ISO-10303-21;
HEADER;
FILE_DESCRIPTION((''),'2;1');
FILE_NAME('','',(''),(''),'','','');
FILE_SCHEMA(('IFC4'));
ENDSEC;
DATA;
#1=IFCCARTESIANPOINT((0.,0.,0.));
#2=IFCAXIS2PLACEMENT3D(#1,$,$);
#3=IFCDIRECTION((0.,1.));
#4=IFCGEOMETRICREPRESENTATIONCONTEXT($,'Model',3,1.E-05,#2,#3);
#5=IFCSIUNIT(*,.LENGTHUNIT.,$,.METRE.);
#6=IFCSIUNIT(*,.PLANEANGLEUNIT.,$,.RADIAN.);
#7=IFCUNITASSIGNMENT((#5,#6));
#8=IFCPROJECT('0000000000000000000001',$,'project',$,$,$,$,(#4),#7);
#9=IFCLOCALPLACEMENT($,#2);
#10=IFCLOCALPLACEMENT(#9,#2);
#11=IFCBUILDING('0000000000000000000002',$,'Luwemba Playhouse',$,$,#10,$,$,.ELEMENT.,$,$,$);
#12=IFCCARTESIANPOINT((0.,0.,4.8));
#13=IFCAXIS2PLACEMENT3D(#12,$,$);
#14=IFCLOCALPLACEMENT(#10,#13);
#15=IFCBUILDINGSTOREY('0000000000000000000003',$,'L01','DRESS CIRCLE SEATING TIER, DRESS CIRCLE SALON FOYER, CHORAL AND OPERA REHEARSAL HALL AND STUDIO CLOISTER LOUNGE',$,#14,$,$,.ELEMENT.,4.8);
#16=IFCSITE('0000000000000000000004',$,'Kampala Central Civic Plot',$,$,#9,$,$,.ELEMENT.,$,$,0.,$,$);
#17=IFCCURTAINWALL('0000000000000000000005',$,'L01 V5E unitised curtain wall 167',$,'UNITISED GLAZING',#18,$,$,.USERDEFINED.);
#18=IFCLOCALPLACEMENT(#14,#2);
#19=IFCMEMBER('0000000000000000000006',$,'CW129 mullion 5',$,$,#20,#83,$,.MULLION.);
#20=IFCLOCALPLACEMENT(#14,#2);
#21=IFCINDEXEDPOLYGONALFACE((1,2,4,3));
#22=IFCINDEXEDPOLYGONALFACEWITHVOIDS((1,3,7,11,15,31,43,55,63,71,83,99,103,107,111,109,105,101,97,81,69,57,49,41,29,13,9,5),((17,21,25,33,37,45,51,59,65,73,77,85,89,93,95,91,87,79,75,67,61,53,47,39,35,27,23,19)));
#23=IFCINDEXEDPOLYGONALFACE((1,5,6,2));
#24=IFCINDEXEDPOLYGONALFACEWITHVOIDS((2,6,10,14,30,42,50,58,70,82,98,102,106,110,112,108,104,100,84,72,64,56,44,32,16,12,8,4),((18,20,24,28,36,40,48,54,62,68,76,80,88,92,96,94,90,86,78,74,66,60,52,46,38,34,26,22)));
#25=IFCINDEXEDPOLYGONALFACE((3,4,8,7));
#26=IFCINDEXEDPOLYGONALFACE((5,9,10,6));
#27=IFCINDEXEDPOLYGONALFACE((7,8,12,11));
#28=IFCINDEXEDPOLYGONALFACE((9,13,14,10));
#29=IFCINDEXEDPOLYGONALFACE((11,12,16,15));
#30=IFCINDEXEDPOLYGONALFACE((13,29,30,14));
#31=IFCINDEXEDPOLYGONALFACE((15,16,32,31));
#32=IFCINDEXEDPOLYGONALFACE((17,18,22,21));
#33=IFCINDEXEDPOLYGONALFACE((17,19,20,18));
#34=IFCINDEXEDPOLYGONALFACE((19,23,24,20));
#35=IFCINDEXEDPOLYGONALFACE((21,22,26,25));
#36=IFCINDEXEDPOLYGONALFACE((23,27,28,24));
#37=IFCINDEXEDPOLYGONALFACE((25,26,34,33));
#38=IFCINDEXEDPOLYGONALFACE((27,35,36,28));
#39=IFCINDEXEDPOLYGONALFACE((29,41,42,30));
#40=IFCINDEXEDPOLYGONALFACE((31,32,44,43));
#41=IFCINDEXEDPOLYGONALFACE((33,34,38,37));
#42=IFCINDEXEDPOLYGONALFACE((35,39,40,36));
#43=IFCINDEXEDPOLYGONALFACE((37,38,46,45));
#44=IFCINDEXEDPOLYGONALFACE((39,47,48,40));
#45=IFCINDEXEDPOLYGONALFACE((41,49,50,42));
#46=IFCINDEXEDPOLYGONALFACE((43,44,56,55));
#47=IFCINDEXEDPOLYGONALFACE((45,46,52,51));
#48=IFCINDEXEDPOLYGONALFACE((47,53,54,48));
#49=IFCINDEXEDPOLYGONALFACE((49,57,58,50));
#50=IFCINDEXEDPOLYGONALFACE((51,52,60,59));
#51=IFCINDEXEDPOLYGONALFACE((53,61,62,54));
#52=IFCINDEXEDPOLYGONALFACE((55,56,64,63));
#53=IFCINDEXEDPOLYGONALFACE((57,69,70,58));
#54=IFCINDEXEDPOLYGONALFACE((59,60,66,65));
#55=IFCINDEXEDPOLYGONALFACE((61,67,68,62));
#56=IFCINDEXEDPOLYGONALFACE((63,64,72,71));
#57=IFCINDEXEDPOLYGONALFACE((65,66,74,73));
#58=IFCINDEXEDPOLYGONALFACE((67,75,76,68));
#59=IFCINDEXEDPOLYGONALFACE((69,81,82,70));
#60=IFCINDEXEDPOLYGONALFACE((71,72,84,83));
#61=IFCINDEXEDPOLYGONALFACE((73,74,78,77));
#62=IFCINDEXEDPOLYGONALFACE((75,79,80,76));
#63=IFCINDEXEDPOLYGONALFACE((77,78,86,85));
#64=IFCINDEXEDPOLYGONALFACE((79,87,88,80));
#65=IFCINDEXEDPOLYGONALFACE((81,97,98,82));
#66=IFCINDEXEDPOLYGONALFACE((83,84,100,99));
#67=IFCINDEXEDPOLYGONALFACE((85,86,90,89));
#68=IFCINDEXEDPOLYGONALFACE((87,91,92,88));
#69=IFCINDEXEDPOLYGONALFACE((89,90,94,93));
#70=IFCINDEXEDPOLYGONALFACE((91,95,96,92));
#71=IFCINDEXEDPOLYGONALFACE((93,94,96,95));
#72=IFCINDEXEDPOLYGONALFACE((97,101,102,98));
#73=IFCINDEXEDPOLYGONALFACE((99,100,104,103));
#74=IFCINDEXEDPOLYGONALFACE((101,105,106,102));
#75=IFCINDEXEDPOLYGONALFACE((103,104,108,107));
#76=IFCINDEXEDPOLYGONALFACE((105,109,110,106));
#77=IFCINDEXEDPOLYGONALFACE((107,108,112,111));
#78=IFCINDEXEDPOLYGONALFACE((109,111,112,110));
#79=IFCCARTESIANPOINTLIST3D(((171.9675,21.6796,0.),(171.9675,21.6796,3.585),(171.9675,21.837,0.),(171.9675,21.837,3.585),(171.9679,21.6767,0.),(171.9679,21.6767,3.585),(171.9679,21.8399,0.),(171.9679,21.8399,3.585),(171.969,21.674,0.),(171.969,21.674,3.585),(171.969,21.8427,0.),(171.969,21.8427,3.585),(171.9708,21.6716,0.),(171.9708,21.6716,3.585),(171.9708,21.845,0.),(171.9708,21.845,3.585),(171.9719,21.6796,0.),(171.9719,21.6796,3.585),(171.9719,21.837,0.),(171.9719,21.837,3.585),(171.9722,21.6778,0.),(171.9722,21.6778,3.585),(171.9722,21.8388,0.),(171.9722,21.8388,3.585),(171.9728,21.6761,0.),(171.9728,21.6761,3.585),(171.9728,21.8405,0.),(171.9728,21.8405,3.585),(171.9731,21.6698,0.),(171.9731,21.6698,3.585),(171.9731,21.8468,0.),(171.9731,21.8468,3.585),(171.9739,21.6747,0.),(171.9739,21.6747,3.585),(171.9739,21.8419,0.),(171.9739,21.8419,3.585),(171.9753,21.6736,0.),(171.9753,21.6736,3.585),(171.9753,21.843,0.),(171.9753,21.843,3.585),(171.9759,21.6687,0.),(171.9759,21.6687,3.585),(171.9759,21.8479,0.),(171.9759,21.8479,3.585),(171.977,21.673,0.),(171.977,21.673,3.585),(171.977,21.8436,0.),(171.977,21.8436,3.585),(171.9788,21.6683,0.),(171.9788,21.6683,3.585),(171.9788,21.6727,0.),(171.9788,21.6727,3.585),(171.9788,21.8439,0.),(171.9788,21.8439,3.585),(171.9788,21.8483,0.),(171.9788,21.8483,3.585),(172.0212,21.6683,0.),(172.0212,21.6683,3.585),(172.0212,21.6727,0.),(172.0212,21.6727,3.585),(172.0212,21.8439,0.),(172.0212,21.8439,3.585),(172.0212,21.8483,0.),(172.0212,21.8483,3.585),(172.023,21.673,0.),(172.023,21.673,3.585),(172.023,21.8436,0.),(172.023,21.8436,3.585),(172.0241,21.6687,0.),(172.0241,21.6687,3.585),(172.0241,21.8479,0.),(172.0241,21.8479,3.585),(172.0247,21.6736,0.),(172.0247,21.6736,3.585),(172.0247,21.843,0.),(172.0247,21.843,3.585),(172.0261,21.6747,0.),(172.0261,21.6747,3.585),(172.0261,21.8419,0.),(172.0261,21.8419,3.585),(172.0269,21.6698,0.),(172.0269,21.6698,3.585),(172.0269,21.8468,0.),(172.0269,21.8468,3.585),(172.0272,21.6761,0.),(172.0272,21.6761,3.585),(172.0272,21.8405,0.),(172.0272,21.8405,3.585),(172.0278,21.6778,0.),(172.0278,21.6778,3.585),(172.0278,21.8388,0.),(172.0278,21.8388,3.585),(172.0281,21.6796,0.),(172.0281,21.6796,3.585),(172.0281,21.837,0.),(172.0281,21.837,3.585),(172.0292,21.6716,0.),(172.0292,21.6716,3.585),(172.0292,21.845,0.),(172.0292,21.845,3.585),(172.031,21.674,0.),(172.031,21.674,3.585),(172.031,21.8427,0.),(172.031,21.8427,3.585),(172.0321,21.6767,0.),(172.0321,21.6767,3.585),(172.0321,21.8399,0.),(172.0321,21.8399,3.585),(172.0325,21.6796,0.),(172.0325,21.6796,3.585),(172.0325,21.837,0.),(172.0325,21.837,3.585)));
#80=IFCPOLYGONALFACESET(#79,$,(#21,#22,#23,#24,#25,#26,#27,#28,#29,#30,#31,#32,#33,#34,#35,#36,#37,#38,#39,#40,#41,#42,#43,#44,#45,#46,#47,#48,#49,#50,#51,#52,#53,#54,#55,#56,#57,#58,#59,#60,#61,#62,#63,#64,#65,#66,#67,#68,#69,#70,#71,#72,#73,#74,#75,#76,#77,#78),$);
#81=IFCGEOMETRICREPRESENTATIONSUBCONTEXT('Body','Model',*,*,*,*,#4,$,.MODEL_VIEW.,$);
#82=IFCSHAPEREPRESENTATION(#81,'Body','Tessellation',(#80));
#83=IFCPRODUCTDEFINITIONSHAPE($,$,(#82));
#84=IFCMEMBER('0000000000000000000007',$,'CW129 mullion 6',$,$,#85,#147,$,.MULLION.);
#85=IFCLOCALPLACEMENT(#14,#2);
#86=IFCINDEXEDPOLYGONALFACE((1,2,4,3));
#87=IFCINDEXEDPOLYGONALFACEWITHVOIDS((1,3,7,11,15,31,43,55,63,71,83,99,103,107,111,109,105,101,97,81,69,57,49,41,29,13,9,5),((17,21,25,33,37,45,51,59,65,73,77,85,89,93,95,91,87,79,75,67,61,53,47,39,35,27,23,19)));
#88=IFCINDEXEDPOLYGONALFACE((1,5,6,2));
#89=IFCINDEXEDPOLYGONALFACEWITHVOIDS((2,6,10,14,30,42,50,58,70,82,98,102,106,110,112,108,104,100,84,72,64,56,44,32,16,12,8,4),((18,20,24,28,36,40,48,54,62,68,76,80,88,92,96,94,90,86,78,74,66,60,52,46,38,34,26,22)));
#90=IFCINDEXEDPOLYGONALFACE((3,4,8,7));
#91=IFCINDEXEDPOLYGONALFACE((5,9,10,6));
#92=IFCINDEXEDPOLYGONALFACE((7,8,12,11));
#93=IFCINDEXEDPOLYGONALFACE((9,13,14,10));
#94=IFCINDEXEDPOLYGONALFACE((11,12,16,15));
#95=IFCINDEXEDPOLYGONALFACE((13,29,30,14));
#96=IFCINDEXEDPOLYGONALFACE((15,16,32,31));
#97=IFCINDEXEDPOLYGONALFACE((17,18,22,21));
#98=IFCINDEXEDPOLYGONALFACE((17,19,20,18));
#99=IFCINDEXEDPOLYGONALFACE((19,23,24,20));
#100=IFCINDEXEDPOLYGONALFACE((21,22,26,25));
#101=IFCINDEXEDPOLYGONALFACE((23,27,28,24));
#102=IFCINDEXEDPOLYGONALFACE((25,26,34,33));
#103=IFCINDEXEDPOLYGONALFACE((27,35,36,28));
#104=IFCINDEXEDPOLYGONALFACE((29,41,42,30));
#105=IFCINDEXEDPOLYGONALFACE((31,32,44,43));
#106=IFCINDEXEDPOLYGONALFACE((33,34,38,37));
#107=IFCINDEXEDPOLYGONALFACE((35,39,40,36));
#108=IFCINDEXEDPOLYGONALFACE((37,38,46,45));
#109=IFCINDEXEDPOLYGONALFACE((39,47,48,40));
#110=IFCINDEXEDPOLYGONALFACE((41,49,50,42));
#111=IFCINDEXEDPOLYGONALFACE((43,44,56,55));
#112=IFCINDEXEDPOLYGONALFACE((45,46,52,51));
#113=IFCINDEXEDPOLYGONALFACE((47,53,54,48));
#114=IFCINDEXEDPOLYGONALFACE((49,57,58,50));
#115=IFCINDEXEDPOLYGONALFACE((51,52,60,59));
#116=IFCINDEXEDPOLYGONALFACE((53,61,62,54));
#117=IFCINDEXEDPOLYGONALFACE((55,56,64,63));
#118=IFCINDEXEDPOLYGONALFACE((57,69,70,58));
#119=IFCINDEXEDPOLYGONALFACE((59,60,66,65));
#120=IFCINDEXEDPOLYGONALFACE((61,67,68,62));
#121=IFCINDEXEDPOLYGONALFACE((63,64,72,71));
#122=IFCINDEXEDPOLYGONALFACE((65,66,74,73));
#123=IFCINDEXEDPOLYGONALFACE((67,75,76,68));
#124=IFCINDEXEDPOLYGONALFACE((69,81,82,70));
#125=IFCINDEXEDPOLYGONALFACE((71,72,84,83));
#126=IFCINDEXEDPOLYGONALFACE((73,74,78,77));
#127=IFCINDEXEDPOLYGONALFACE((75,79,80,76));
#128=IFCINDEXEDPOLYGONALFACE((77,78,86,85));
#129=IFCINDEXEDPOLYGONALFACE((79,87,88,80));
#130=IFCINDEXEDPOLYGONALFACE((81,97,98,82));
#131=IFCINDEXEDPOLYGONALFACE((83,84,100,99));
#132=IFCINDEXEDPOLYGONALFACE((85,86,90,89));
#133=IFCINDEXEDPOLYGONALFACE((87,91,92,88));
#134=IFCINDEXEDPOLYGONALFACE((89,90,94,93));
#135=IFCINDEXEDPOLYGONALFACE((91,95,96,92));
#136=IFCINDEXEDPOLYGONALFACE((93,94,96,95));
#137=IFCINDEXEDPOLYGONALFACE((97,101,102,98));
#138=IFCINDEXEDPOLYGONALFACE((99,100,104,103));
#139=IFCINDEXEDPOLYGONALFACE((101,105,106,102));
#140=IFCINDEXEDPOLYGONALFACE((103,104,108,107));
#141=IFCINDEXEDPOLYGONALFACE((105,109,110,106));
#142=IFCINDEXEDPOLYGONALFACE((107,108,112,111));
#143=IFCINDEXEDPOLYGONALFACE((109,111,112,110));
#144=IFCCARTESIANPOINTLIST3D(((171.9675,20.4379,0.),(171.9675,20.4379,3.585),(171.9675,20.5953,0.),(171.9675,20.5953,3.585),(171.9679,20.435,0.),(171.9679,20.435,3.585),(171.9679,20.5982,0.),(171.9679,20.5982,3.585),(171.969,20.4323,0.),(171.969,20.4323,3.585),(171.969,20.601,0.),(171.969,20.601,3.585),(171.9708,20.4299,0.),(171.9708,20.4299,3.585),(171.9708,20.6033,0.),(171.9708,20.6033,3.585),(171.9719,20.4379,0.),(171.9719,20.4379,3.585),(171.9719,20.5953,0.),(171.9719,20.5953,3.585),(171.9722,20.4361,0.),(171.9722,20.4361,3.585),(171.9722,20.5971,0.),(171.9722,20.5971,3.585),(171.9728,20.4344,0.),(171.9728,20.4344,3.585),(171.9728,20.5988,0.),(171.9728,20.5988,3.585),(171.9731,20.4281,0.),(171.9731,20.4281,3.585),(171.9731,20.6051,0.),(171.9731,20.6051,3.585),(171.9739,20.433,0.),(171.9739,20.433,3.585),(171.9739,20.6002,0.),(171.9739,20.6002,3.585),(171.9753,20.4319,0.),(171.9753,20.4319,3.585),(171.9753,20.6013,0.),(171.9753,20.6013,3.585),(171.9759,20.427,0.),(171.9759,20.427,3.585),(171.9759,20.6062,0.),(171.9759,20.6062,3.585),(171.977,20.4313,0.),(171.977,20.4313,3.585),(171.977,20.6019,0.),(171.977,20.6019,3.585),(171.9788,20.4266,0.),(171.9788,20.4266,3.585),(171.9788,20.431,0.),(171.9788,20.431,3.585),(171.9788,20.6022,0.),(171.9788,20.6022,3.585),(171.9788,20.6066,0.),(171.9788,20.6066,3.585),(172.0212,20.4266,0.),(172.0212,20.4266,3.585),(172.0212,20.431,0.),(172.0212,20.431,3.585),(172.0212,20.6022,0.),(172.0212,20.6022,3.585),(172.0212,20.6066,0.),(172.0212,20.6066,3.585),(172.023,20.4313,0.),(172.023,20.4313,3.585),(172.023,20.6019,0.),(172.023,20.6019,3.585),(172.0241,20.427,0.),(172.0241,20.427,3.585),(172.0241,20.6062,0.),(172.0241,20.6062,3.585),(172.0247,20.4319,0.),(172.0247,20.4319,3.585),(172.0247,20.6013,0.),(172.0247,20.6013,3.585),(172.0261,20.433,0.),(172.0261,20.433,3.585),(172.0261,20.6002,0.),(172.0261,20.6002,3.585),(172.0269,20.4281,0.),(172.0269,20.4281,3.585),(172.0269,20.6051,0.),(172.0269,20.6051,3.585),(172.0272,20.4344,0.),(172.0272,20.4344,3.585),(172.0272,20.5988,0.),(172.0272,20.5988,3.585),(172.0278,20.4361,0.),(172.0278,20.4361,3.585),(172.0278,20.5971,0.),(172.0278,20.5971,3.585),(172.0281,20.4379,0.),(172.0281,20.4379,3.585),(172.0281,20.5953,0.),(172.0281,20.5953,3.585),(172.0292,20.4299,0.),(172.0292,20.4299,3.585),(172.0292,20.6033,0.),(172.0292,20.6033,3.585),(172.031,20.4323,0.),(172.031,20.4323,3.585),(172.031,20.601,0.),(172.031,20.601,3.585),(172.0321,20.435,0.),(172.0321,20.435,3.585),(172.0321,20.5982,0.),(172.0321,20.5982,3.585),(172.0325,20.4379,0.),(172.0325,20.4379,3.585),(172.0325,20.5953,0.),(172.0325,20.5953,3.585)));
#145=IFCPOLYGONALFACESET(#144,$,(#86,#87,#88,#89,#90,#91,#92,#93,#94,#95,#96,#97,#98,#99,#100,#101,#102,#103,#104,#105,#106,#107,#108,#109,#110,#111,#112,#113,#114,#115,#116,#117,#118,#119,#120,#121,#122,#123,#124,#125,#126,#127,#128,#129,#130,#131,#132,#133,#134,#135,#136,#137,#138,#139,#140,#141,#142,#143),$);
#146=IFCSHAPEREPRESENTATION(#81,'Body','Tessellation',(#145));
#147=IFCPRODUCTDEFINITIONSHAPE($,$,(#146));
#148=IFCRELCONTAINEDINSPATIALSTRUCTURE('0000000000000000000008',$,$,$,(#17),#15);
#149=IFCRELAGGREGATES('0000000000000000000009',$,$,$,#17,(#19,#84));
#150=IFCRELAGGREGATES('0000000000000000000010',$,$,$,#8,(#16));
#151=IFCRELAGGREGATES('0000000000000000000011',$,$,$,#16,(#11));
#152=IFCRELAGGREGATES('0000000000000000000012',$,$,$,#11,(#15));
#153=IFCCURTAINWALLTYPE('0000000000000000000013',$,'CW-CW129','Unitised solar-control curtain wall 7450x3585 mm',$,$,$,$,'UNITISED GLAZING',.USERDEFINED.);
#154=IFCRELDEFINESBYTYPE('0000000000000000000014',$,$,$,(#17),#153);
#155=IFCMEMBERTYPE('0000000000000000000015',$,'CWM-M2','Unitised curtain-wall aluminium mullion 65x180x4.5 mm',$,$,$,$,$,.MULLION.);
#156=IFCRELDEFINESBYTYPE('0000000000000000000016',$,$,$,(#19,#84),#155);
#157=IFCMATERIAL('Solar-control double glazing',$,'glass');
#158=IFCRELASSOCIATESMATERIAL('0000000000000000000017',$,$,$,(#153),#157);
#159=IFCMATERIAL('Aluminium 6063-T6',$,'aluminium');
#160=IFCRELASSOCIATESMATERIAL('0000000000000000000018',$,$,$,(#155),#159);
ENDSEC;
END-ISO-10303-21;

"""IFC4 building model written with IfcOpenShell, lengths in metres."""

from ifc_helpers import new_model, si_unit, direction, frame, origin, origin_2d, place, context, subcontext, project, spatial, hollow_rectangle, extrude, material, material_profile, profile_set, type_object, element, aggregate, save


model = new_model("IFC4")

# Units and contexts
model_context = context("Model", 3, precision=1e-05, world=origin(), true_north=direction((0.0, 1.0)))
body_context = subcontext(model_context, "Body", "Model", "MODEL_VIEW")
ifc_project = project(units=[si_unit("LENGTHUNIT", "METRE"), si_unit("PLANEANGLEUNIT", "RADIAN")], contexts=[model_context])

# Site, building, storey
site_placement = place(None, origin())
site = spatial("IfcSite", under=ifc_project, at=site_placement, Name="Kampala Central Civic Plot", CompositionType="ELEMENT", RefElevation=0.0)
building_placement = place(site_placement, origin())
building = spatial("IfcBuilding", under=site, at=building_placement, Name="Luwemba Playhouse", CompositionType="ELEMENT")
storey_placement = place(building_placement, frame((0.0, 0.0, 4.8)))
storey = spatial("IfcBuildingStorey", under=building, at=storey_placement, Name="L01", Description="DRESS CIRCLE SEATING TIER, DRESS CIRCLE SALON FOYER, CHORAL AND OPERA REHEARSAL HALL AND STUDIO CLOISTER LOUNGE", CompositionType="ELEMENT", Elevation=4.8)

# Curtain wall, members
ifc_material_1 = material(Name="Solar-control double glazing", Category="glass")
curtain_wall_type_1 = type_object("IfcCurtainWallType", Name="CW-CW129", Description="Unitised solar-control curtain wall 7450x3585 mm", ElementType="UNITISED GLAZING", PredefinedType="USERDEFINED", material=ifc_material_1)
curtain_wall_1_placement = place(storey_placement, origin())
curtain_wall_1 = element("IfcCurtainWall", 1, at=curtain_wall_1_placement, inside=storey, type_object=curtain_wall_type_1, Name="L01 V5E unitised curtain wall 167", ObjectType="UNITISED GLAZING", PredefinedType="USERDEFINED")
ifc_material_2 = material(Name="Aluminium 6063-T6", Category="aluminium")
ifc_material_profile_1 = material_profile(ifc_material_2, hollow_rectangle(XDim=0.0649, YDim=0.1799, WallThickness=0.0044, InnerFilletRadius=0.0068, OuterFilletRadius=0.0112, at=origin_2d()))
ifc_profile_set_1 = profile_set([ifc_material_profile_1], Name="Aluminium 6063-T6")
member_type_1 = type_object("IfcMemberType", Name="CWM-M2", Description="Unitised curtain-wall aluminium mullion 65x180x4.5 mm", PredefinedType="MULLION", material=ifc_profile_set_1)
member_1_placement = place(storey_placement, frame((172.0, 21.7583, 0.0), z_axis=(0.0, 0.0, 1.0), x_axis=(1.0, 0.0, 0.0)))
member_1 = element("IfcMember", 2, at=member_1_placement, type_object=member_type_1, Name="CW129 mullion 5", PredefinedType="MULLION", context=body_context, shape_type="SweptSolid", body=[
    extrude(hollow_rectangle(XDim=0.0649, YDim=0.1799, WallThickness=0.0044, InnerFilletRadius=0.0068, OuterFilletRadius=0.0112, at=origin_2d()), origin(), (0.0, 0.0, 1.0), 3.585),
])
member_2_placement = place(storey_placement, frame((172.0, 20.5166, 0.0), z_axis=(0.0, 0.0, 1.0), x_axis=(1.0, 0.0, 0.0)))
member_2 = element("IfcMember", 3, at=member_2_placement, type_object=member_type_1, Name="CW129 mullion 6", PredefinedType="MULLION", context=body_context, shape_type="SweptSolid", body=[
    extrude(hollow_rectangle(XDim=0.0649, YDim=0.1799, WallThickness=0.0044, InnerFilletRadius=0.0068, OuterFilletRadius=0.0112, at=origin_2d()), origin(), (0.0, 0.0, 1.0), 3.585),
])

aggregate(curtain_wall_1, [member_1, member_2])

save(model, "model.ifc")
